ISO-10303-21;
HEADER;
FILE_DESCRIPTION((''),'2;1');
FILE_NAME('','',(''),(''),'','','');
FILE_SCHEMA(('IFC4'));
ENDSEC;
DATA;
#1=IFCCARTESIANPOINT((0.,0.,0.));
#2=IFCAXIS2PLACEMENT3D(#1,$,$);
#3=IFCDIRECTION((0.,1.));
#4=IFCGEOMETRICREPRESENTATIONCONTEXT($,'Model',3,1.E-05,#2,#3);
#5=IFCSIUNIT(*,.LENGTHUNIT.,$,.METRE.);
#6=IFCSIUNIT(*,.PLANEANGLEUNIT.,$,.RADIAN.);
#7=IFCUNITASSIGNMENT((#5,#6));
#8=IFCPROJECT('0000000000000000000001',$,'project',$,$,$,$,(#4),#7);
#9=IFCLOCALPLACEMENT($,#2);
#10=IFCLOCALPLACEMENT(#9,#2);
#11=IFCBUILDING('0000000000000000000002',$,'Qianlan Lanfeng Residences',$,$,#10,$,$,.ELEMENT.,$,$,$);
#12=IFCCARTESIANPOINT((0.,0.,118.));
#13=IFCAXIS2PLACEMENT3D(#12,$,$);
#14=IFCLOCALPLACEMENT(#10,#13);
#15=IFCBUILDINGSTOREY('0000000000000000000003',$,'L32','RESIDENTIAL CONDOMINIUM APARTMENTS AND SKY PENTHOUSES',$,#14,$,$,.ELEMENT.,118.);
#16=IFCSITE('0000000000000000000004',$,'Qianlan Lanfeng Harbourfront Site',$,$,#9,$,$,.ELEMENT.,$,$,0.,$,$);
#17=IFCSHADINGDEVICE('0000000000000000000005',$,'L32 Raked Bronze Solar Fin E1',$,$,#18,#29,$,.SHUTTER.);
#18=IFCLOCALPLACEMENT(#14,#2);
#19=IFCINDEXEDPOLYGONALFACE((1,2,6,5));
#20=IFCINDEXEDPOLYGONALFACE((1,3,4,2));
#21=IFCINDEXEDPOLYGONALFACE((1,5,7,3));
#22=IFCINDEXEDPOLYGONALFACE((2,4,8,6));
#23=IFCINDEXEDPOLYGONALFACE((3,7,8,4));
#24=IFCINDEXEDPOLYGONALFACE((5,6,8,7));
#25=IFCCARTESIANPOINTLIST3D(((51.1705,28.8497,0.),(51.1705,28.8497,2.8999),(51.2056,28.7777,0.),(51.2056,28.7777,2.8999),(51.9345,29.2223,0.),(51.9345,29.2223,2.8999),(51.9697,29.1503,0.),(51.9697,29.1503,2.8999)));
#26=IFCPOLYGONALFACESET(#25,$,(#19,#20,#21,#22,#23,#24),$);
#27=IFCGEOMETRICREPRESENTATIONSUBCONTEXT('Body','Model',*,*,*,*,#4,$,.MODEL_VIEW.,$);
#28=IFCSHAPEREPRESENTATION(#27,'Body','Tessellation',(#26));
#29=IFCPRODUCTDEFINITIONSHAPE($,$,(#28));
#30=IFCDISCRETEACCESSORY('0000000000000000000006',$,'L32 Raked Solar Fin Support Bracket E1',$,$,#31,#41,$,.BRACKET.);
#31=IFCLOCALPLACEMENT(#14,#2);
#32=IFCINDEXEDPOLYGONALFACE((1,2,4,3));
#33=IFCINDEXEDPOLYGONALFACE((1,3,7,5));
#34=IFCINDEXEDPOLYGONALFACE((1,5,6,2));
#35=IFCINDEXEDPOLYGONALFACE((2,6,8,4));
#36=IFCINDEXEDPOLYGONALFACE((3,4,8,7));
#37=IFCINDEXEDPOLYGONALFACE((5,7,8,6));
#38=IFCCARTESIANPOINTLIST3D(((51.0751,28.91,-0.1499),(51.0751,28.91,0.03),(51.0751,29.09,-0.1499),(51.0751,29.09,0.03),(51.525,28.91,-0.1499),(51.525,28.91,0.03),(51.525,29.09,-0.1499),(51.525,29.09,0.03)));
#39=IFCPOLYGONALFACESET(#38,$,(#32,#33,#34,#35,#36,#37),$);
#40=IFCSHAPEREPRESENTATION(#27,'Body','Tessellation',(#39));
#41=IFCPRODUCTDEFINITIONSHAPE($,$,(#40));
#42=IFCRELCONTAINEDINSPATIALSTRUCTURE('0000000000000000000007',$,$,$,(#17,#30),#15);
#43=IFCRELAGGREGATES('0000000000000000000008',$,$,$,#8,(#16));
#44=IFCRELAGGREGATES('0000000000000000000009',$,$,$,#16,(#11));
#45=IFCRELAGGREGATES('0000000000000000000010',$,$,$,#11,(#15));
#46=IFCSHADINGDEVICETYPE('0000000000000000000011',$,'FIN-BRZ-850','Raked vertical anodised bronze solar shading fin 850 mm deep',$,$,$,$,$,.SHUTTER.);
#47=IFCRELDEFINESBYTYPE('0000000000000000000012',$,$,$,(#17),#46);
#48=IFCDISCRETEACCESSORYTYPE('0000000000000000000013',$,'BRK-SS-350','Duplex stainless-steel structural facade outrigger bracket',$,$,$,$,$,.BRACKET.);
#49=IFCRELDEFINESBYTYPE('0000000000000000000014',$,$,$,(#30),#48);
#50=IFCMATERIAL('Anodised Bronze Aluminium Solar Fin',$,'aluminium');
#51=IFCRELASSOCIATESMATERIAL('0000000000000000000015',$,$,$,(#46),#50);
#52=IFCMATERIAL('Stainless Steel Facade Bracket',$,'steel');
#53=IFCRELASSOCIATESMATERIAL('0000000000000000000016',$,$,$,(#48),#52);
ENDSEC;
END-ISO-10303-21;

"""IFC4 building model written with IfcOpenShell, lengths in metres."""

from ifc_helpers import new_model, si_unit, direction, frame, origin, origin_2d, place, context, subcontext, project, spatial, rectangle, extrude, source, transform, mapped, material, type_object, element, save


model = new_model("IFC4")

# Units and contexts
model_context = context("Model", 3, precision=1e-05, world=origin(), true_north=direction((0.0, 1.0)))
body_context = subcontext(model_context, "Body", "Model", "MODEL_VIEW")
ifc_project = project(units=[si_unit("LENGTHUNIT", "METRE"), si_unit("PLANEANGLEUNIT", "RADIAN")], contexts=[model_context])

# Site, building, storey
site_placement = place(None, origin())
site = spatial("IfcSite", under=ifc_project, at=site_placement, Name="Qianlan Lanfeng Harbourfront Site", CompositionType="ELEMENT", RefElevation=0.0)
building_placement = place(site_placement, origin())
building = spatial("IfcBuilding", under=site, at=building_placement, Name="Qianlan Lanfeng Residences", CompositionType="ELEMENT")
storey_placement = place(building_placement, frame((0.0, 0.0, 118.0)))
storey = spatial("IfcBuildingStorey", under=building, at=storey_placement, Name="L32", Description="RESIDENTIAL CONDOMINIUM APARTMENTS AND SKY PENTHOUSES", CompositionType="ELEMENT", Elevation=118.0)

# Shading device
ifc_material_1 = material(Name="Anodised Bronze Aluminium Solar Fin", Category="aluminium")
shading_device_type = type_object("IfcShadingDeviceType", Name="FIN-BRZ-850", Description="Raked vertical anodised bronze solar shading fin 850 mm deep", PredefinedType="SHUTTER", material=ifc_material_1)
shared_shape_1 = source(origin(), body_context, "Body", "SweptSolid", [
    extrude(rectangle(XDim=0.8501, YDim=0.0801, at=origin_2d()), origin(), (0.0, 0.0, 1.0), 2.8999),
])
shading_device_placement = place(storey_placement, frame((51.5701, 29.0, 0.0), z_axis=(0.0, 0.0, 1.0), x_axis=(0.898794, 0.438371, 0.0)))
element("IfcShadingDevice", 1, at=shading_device_placement, inside=storey, type_object=shading_device_type, Name="L32 Raked Bronze Solar Fin E1", PredefinedType="SHUTTER", context=body_context, shape_type="MappedRepresentation", body=[
    mapped(shared_shape_1, transform((0.0, 0.0, 0.0), scale=1.0)),
])

# Discrete accessory
ifc_material_2 = material(Name="Stainless Steel Facade Bracket", Category="steel")
discrete_accessory_type = type_object("IfcDiscreteAccessoryType", Name="BRK-SS-350", Description="Duplex stainless-steel structural facade outrigger bracket", PredefinedType="BRACKET", material=ifc_material_2)
shared_shape_2 = source(origin(), body_context, "Body", "SweptSolid", [
    extrude(rectangle(XDim=0.45, YDim=0.1799, at=origin_2d()), origin(), (0.0, 0.0, 1.0), 0.1799),
])
discrete_accessory_placement = place(storey_placement, frame((51.3, 29.0, -0.1499), z_axis=(0.0, 0.0, 1.0), x_axis=(1.0, 0.0, 0.0)))
element("IfcDiscreteAccessory", 2, at=discrete_accessory_placement, inside=storey, type_object=discrete_accessory_type, Name="L32 Raked Solar Fin Support Bracket E1", PredefinedType="BRACKET", context=body_context, shape_type="MappedRepresentation", body=[
    mapped(shared_shape_2, transform((0.0, 0.0, 0.0), scale=1.0)),
])

save(model, "model.ifc")
